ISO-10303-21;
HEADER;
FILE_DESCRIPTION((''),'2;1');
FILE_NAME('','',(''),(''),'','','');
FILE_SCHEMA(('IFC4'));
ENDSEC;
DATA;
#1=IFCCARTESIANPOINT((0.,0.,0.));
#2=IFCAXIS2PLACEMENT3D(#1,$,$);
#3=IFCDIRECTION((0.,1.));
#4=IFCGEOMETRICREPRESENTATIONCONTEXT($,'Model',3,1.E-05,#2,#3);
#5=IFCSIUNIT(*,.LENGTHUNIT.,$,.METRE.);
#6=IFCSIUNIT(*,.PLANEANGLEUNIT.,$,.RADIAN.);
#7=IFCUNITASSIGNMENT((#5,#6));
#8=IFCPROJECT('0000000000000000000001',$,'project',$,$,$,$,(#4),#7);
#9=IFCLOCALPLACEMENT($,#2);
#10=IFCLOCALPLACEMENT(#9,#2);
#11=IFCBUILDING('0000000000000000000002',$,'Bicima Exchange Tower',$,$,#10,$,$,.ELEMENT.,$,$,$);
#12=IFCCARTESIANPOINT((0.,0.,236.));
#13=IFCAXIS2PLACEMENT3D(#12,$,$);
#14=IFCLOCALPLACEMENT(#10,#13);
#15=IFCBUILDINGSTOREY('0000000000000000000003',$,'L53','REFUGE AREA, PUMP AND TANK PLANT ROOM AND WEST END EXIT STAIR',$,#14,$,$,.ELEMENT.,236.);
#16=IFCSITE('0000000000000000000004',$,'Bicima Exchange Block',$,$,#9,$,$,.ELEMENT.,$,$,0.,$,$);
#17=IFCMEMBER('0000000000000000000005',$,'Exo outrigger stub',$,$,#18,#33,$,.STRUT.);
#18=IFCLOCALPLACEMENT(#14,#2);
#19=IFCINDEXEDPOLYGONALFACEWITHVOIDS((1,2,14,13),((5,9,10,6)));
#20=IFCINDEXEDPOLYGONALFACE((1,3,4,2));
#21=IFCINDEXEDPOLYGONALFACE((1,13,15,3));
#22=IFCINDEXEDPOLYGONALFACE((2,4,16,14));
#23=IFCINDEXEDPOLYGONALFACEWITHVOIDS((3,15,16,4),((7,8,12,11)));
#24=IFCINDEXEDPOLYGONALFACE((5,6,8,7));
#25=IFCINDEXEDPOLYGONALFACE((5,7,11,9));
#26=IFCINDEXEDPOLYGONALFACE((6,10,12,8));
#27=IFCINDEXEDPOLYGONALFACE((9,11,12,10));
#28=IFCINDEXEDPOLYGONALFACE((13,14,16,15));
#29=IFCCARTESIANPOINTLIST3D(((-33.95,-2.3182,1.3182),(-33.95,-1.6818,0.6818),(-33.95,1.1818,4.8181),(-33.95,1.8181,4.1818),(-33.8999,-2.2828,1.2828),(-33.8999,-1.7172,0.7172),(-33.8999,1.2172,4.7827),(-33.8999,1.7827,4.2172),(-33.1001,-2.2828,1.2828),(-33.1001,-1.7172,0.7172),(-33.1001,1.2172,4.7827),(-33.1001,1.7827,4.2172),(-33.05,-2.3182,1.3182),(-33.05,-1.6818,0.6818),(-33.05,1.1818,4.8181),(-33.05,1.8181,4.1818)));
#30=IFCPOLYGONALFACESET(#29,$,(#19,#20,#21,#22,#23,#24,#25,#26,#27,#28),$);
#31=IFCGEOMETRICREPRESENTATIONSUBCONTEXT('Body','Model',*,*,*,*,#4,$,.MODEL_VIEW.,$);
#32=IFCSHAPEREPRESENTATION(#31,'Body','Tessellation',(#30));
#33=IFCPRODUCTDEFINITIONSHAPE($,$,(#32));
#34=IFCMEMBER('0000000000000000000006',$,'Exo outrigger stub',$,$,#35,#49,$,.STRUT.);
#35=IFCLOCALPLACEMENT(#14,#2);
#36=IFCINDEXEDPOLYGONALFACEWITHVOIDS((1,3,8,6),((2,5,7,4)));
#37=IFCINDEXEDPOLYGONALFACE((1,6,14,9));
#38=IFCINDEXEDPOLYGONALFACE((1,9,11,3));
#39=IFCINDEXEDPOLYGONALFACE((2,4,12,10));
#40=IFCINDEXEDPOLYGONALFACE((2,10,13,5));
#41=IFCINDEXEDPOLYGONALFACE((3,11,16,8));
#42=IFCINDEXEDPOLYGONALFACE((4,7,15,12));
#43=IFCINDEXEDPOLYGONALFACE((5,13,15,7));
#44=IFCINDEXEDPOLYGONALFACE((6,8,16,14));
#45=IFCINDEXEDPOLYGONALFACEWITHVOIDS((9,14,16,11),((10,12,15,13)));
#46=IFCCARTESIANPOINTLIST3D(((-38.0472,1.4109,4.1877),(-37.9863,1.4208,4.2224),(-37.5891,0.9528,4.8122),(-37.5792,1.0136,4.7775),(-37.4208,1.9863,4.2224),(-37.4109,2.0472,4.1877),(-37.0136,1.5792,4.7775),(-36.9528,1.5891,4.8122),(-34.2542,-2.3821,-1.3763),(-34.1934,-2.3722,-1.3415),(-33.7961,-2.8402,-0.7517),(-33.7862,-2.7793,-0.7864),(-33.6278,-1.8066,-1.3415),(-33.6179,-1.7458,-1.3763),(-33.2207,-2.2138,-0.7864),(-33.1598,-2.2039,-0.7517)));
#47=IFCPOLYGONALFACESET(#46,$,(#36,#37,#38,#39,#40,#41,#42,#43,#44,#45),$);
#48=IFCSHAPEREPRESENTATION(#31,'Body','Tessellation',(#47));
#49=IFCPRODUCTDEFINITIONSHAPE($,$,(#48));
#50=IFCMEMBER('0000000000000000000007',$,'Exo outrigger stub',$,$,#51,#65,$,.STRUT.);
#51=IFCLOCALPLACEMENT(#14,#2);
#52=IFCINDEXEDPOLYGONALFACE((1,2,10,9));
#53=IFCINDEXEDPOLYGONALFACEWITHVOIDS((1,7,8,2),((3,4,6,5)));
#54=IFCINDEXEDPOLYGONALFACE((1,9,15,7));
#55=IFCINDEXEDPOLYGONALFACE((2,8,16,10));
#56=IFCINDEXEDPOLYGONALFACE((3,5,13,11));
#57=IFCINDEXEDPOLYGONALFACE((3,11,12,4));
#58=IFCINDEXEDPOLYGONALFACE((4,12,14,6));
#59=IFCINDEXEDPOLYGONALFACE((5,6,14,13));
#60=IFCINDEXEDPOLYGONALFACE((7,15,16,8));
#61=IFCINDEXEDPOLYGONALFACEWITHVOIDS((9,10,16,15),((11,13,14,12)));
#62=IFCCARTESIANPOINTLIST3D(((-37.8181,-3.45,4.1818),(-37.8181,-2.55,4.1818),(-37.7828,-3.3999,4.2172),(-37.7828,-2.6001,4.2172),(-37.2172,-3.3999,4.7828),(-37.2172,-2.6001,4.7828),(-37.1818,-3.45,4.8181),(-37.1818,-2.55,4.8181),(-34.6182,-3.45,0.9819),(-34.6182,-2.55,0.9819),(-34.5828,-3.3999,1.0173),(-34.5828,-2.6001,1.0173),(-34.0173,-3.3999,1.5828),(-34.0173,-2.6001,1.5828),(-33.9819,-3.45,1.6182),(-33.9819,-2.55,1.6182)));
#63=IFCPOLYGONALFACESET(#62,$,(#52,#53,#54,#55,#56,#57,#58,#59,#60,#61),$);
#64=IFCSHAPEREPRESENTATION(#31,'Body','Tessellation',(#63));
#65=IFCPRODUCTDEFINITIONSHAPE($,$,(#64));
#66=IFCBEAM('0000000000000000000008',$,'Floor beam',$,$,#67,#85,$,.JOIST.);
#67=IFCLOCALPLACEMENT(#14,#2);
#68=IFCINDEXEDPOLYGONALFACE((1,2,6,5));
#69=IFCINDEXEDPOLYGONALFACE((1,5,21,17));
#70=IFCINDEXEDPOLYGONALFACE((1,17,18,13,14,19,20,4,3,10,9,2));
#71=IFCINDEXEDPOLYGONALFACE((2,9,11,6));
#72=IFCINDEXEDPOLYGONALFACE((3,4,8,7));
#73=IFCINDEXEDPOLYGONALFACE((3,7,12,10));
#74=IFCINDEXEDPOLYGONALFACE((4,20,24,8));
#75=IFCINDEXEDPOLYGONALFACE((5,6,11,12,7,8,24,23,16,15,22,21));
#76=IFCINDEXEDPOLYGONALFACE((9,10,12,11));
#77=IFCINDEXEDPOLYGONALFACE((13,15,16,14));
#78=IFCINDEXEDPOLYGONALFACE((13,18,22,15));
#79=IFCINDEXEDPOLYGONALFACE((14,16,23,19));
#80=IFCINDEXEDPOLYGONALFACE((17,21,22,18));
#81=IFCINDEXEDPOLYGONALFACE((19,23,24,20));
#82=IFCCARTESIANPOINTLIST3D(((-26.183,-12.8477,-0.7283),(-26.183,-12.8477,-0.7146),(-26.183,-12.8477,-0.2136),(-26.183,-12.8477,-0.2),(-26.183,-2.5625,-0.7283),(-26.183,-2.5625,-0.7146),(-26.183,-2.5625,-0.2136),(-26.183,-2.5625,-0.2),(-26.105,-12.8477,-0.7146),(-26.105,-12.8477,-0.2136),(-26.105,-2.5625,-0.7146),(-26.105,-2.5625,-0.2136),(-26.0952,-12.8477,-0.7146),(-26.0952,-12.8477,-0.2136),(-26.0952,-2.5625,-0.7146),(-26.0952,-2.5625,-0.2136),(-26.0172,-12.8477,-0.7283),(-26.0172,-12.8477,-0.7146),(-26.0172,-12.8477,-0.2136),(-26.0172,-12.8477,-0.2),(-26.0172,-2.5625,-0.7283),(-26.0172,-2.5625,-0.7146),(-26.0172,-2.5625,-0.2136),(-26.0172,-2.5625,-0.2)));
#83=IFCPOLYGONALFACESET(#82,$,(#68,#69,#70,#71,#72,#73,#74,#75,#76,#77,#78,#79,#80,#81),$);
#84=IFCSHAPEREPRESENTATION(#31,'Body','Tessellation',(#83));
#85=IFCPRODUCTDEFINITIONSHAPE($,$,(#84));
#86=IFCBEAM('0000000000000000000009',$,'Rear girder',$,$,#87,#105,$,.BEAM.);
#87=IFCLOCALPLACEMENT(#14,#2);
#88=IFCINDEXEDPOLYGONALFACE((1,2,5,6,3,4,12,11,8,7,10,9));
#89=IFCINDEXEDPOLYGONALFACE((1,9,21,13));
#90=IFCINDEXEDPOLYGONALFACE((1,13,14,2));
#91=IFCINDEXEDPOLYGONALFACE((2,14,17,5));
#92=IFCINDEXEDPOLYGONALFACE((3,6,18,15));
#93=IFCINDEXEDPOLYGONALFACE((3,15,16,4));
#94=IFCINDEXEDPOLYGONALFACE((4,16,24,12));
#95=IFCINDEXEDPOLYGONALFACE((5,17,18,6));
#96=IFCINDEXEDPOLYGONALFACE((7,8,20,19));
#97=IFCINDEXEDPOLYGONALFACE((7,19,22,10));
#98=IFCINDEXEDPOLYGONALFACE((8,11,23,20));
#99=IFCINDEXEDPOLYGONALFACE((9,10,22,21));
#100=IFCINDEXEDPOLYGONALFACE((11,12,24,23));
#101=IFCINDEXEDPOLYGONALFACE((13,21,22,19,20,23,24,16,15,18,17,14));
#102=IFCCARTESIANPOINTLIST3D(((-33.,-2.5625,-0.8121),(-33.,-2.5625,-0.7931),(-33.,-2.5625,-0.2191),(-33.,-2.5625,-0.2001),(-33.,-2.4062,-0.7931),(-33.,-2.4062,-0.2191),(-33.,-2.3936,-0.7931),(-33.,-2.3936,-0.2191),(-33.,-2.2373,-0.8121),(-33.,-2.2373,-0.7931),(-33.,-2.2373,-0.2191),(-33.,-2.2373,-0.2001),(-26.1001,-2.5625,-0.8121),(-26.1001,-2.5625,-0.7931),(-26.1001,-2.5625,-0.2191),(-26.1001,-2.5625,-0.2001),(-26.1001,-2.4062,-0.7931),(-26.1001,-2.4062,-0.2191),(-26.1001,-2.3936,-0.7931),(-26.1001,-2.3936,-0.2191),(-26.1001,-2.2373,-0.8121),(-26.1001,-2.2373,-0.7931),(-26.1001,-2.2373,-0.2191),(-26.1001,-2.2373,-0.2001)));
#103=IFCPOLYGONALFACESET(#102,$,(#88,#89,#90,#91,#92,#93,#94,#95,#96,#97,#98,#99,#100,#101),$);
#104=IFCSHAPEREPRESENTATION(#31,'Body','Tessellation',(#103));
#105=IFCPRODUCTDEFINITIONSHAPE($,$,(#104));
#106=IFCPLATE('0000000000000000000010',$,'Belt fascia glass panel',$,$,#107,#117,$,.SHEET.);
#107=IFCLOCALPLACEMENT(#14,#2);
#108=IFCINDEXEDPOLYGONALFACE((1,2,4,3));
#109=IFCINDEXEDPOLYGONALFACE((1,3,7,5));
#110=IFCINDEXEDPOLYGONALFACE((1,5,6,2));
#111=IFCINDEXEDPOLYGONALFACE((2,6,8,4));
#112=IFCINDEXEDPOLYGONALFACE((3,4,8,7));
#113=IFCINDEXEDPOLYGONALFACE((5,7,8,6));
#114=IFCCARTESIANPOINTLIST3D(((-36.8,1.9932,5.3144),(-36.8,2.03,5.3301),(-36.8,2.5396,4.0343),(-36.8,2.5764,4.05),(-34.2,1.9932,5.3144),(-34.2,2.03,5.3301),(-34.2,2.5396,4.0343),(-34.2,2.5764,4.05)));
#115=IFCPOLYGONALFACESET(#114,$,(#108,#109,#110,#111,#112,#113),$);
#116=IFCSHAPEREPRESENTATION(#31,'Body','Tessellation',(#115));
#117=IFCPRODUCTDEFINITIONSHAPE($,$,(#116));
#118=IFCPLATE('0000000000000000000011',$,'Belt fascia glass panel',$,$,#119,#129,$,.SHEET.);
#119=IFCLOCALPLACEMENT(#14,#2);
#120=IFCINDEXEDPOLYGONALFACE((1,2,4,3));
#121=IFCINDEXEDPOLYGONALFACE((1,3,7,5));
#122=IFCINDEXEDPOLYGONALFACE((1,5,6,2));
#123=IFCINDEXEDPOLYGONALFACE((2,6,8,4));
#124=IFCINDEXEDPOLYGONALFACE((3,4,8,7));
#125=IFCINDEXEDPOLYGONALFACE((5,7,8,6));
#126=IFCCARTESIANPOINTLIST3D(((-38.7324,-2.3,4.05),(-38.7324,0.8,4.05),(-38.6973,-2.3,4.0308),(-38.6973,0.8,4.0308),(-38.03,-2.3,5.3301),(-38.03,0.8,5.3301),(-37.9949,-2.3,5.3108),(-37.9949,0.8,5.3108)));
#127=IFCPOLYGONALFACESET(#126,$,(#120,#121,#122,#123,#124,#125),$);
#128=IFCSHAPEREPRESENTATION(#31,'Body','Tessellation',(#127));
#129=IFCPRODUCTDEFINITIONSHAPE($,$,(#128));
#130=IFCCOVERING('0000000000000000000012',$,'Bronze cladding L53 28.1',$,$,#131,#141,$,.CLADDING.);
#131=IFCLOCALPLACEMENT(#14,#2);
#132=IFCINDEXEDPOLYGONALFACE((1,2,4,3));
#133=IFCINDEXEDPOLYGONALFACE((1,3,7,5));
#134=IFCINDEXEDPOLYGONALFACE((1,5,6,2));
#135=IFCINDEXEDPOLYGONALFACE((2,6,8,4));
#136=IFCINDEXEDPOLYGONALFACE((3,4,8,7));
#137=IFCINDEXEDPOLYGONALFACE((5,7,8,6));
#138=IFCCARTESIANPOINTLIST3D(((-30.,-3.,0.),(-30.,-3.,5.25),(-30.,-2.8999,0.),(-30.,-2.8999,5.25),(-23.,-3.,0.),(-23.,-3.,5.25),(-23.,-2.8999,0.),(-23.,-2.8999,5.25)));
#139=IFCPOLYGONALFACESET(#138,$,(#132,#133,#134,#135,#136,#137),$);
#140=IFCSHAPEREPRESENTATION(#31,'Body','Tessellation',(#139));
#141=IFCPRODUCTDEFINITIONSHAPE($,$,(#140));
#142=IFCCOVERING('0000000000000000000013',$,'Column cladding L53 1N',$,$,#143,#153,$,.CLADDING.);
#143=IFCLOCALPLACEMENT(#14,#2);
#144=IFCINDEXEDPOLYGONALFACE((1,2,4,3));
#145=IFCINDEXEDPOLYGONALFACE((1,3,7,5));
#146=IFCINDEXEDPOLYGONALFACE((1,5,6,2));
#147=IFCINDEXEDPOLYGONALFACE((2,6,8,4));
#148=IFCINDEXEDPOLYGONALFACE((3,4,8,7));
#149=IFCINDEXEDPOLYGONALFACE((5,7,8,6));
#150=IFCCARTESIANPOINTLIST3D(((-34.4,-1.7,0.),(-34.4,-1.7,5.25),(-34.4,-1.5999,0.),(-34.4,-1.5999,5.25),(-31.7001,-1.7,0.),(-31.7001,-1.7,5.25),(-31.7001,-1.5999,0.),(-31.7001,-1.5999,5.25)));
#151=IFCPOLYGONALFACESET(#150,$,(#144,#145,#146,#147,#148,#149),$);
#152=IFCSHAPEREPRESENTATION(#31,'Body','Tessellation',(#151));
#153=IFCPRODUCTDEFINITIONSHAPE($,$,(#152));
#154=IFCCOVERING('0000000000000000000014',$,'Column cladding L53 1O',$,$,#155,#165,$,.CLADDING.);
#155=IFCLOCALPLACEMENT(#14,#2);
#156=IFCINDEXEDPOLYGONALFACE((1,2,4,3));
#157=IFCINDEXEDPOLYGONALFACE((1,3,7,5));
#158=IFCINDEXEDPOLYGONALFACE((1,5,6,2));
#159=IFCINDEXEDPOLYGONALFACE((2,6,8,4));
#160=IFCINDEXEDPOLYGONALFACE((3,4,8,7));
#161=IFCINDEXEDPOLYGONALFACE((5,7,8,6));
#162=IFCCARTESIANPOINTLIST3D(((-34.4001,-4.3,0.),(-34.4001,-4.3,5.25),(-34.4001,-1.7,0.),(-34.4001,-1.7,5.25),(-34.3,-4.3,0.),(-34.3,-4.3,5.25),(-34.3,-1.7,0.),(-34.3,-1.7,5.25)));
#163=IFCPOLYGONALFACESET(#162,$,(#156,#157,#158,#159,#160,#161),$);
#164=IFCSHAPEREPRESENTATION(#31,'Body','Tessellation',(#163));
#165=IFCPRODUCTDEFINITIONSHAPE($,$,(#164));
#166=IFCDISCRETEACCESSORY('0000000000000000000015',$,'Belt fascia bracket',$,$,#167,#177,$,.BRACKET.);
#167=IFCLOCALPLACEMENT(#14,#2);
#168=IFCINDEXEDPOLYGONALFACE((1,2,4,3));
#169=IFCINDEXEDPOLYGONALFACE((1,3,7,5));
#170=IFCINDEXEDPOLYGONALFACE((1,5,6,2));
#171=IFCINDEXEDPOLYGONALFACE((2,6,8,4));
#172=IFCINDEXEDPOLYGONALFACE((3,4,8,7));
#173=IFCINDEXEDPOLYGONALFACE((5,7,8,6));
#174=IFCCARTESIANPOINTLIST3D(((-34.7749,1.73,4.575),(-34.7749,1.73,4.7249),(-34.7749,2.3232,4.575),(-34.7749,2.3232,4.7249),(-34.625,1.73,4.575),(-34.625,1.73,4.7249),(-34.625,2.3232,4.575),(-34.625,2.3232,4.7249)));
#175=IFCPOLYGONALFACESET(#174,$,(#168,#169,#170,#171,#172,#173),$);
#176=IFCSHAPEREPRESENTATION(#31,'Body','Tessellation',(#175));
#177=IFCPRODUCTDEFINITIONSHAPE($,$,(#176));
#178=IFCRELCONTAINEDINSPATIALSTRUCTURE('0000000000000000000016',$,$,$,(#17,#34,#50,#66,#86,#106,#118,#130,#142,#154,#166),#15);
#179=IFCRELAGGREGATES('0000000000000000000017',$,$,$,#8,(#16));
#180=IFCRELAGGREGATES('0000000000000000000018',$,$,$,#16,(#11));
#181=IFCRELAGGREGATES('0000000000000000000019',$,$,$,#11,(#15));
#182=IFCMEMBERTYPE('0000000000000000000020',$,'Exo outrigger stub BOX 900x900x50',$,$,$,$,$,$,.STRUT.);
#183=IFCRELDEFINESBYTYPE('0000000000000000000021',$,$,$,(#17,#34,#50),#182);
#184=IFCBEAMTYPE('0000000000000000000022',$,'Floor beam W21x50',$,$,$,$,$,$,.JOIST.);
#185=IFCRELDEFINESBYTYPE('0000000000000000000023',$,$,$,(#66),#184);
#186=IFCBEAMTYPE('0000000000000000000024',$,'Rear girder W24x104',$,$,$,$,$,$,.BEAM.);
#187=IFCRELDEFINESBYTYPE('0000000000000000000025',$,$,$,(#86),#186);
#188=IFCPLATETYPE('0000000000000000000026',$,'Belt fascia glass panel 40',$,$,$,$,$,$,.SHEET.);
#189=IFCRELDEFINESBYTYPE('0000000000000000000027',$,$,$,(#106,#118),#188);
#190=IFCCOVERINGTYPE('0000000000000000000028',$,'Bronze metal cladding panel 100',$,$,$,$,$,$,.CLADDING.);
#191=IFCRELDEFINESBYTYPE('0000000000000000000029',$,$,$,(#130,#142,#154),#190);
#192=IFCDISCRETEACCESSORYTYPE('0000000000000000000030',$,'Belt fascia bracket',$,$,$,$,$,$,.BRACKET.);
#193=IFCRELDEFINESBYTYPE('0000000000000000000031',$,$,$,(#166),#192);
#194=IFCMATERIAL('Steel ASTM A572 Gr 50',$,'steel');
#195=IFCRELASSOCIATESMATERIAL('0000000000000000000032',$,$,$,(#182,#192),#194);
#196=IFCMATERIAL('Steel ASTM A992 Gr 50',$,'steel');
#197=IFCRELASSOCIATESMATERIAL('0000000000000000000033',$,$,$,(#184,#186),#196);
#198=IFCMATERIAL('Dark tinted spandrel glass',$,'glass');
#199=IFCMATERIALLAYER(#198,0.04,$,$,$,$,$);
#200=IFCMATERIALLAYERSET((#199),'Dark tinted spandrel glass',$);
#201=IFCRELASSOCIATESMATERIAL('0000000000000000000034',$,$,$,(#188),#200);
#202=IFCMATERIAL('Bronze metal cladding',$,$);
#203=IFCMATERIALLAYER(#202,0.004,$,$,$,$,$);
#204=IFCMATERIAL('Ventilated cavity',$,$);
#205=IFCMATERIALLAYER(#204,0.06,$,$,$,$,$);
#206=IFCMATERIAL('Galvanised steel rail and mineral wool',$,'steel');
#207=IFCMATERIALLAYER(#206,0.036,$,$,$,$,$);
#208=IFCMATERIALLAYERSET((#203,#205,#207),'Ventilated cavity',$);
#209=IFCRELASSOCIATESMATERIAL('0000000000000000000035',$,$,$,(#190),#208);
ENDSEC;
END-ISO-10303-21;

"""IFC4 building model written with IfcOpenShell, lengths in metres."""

from ifc_helpers import new_model, si_unit, direction, frame, origin, origin_2d, place, context, subcontext, project, spatial, polyline, rectangle, hollow_rectangle, i_section, outline, extrude, material, layer, layer_set, material_profile, profile_set, type_object, element, save


model = new_model("IFC4")

# Units and contexts
model_context = context("Model", 3, precision=1e-05, world=origin(), true_north=direction((0.0, 1.0)))
body_context = subcontext(model_context, "Body", "Model", "MODEL_VIEW")
ifc_project = project(units=[si_unit("LENGTHUNIT", "METRE"), si_unit("PLANEANGLEUNIT", "RADIAN")], contexts=[model_context])

# Site, building, storey
site_placement = place(None, origin())
site = spatial("IfcSite", under=ifc_project, at=site_placement, Name="Bicima Exchange Block", CompositionType="ELEMENT", RefElevation=0.0)
building_placement = place(site_placement, origin())
building = spatial("IfcBuilding", under=site, at=building_placement, Name="Bicima Exchange Tower", CompositionType="ELEMENT")
storey_placement = place(building_placement, frame((0.0, 0.0, 236.0)))
storey = spatial("IfcBuildingStorey", under=building, at=storey_placement, Name="L53", Description="REFUGE AREA, PUMP AND TANK PLANT ROOM AND WEST END EXIT STAIR", CompositionType="ELEMENT", Elevation=236.0)

# Shared definitions
ifc_material_1 = material(Name="Steel ASTM A572 Gr 50", Category="steel")
ifc_material_2 = material(Name="Steel ASTM A992 Gr 50", Category="steel")

# Members
ifc_material_profile_1 = material_profile(ifc_material_1, hollow_rectangle(XDim=0.8999, YDim=0.8999, WallThickness=0.05, at=origin_2d()))
ifc_profile_set_1 = profile_set([ifc_material_profile_1], Name="Steel ASTM A572 Gr 50")
member_type_1 = type_object("IfcMemberType", Name="Exo outrigger stub BOX 900x900x50", PredefinedType="STRUT", material=ifc_profile_set_1)
member_1_placement = place(storey_placement, frame((-33.5, -2.0, 1.0), z_axis=(0.0, 0.707107, 0.707107), x_axis=(-1.0, 0.0, 0.0)))
element("IfcMember", 1, at=member_1_placement, inside=storey, type_object=member_type_1, Name="Exo outrigger stub", PredefinedType="STRUT", context=body_context, shape_type="SweptSolid", body=[
    extrude(hollow_rectangle(XDim=0.8999, YDim=0.8999, WallThickness=0.05, at=origin_2d()), origin(), (0.0, 0.0, 1.0), 4.9497),
])
member_2_placement = place(storey_placement, frame((-33.707, -2.293, -1.064), z_axis=(-0.490772, 0.490772, 0.719921), x_axis=(-0.707107, -0.707107, 0.0)))
element("IfcMember", 2, at=member_2_placement, inside=storey, type_object=member_type_1, Name="Exo outrigger stub", PredefinedType="STRUT", context=body_context, shape_type="SweptSolid", body=[
    extrude(hollow_rectangle(XDim=0.8999, YDim=0.8999, WallThickness=0.05, at=origin_2d()), origin(), (0.0, 0.0, 1.0), 7.7285),
])
member_3_placement = place(storey_placement, frame((-34.3, -3.0, 1.3), z_axis=(-0.707107, 0.0, 0.707107), x_axis=(0.0, -1.0, 0.0)))
element("IfcMember", 3, at=member_3_placement, inside=storey, type_object=member_type_1, Name="Exo outrigger stub", PredefinedType="STRUT", context=body_context, shape_type="SweptSolid", body=[
    extrude(hollow_rectangle(XDim=0.8999, YDim=0.8999, WallThickness=0.05, at=origin_2d()), origin(), (0.0, 0.0, 1.0), 4.5254),
])

# Beams
ifc_material_profile_2 = material_profile(ifc_material_2, i_section(OverallWidth=0.1658, OverallDepth=0.5283, WebThickness=0.0098, FlangeThickness=0.0137, at=origin_2d()))
ifc_profile_set_2 = profile_set([ifc_material_profile_2], Name="Steel ASTM A992 Gr 50")
beam_type_1 = type_object("IfcBeamType", Name="Floor beam W21x50", PredefinedType="JOIST", material=ifc_profile_set_2)
beam_1_placement = place(storey_placement, frame((-26.1001, -2.5625, -0.4641), z_axis=(0.0, -1.0, 0.0), x_axis=(1.0, 0.0, 0.0)))
element("IfcBeam", 4, at=beam_1_placement, inside=storey, type_object=beam_type_1, Name="Floor beam", PredefinedType="JOIST", context=body_context, shape_type="SweptSolid", body=[
    extrude(i_section(OverallWidth=0.1658, OverallDepth=0.5283, WebThickness=0.0098, FlangeThickness=0.0137, at=origin_2d()), origin(), (0.0, 0.0, 1.0), 10.2852),
])
ifc_material_profile_3 = material_profile(ifc_material_2, i_section(OverallWidth=0.3252, OverallDepth=0.6121, WebThickness=0.0127, FlangeThickness=0.019, at=origin_2d()))
ifc_profile_set_3 = profile_set([ifc_material_profile_3], Name="Steel ASTM A992 Gr 50")
beam_type_2 = type_object("IfcBeamType", Name="Rear girder W24x104", PredefinedType="BEAM", material=ifc_profile_set_3)
beam_2_placement = place(storey_placement, frame((-26.1001, -2.3999, -0.5061), z_axis=(-1.0, 0.0, 0.0), x_axis=(0.0, -1.0, 0.0)))
element("IfcBeam", 5, at=beam_2_placement, inside=storey, type_object=beam_type_2, Name="Rear girder", PredefinedType="BEAM", context=body_context, shape_type="SweptSolid", body=[
    extrude(i_section(OverallWidth=0.3252, OverallDepth=0.6121, WebThickness=0.0127, FlangeThickness=0.019, at=origin_2d()), origin(), (0.0, 0.0, 1.0), 6.8999),
])

# Plates
ifc_material_3 = material(Name="Dark tinted spandrel glass", Category="glass")
ifc_layer_1 = layer(ifc_material_3, 0.04)
ifc_layer_set_1 = layer_set([ifc_layer_1], Name="Dark tinted spandrel glass")
plate_type = type_object("IfcPlateType", Name="Belt fascia glass panel 40", PredefinedType="SHEET", material=ifc_layer_set_1)
plate_1_placement = place(storey_placement, frame((-34.2, 2.5764, 4.05), z_axis=(0.0, 0.919716, 0.392585), x_axis=(-1.0, 0.0, 0.0)))
element("IfcPlate", 6, at=plate_1_placement, inside=storey, type_object=plate_type, Name="Belt fascia glass panel", PredefinedType="SHEET", context=body_context, shape_type="SweptSolid", body=[
    extrude(outline(polyline([(0.0, 0.0), (2.6001, 0.0), (2.6001, 1.3918), (0.0, 1.3918), (0.0, 0.0)])), origin(), (0.0, 0.0, -1.0), 0.04),
])
plate_2_placement = place(storey_placement, frame((-38.7324, 0.8, 4.05), z_axis=(-0.876685, 0.0, 0.481065), x_axis=(0.0, -1.0, 0.0)))
element("IfcPlate", 7, at=plate_2_placement, inside=storey, type_object=plate_type, Name="Belt fascia glass panel", PredefinedType="SHEET", context=body_context, shape_type="SweptSolid", body=[
    extrude(outline(polyline([(0.0, 0.0), (3.1001, 0.0), (3.1001, 1.4601), (0.0, 1.4601), (0.0, 0.0)])), origin(), (0.0, 0.0, -1.0), 0.04),
])

# Coverings
ifc_material_4 = material(Name="Bronze metal cladding")
ifc_layer_2 = layer(ifc_material_4, 0.004)
ifc_material_5 = material(Name="Ventilated cavity")
ifc_layer_3 = layer(ifc_material_5, 0.06)
ifc_material_6 = material(Name="Galvanised steel rail and mineral wool", Category="steel")
ifc_layer_4 = layer(ifc_material_6, 0.036)
ifc_layer_set_2 = layer_set([ifc_layer_2, ifc_layer_3, ifc_layer_4], Name="Ventilated cavity")
covering_type = type_object("IfcCoveringType", Name="Bronze metal cladding panel 100", PredefinedType="CLADDING", material=ifc_layer_set_2)
covering_1_placement = place(storey_placement, frame((-26.5, -2.95, 0.0), z_axis=(0.0, 0.0, 1.0), x_axis=(-1.0, 0.0, 0.0)))
element("IfcCovering", 8, at=covering_1_placement, inside=storey, type_object=covering_type, Name="Bronze cladding L53 28.1", PredefinedType="CLADDING", context=body_context, shape_type="SweptSolid", body=[
    extrude(rectangle(XDim=7.0, YDim=0.1001, at=origin_2d()), origin(), (0.0, 0.0, 1.0), 5.25),
])
covering_2_placement = place(storey_placement, frame((-33.05, -1.6499, 0.0), z_axis=(0.0, 0.0, 1.0), x_axis=(1.0, 0.0, 0.0)))
element("IfcCovering", 9, at=covering_2_placement, inside=storey, type_object=covering_type, Name="Column cladding L53 1N", PredefinedType="CLADDING", context=body_context, shape_type="SweptSolid", body=[
    extrude(rectangle(XDim=2.7, YDim=0.1001, at=origin_2d()), origin(), (0.0, 0.0, 1.0), 5.25),
])
covering_3_placement = place(storey_placement, frame((-34.3501, -3.0, 0.0), z_axis=(0.0, 0.0, 1.0), x_axis=(1.0, 0.0, 0.0)))
element("IfcCovering", 10, at=covering_3_placement, inside=storey, type_object=covering_type, Name="Column cladding L53 1O", PredefinedType="CLADDING", context=body_context, shape_type="SweptSolid", body=[
    extrude(rectangle(XDim=0.1001, YDim=2.6001, at=origin_2d()), origin(), (0.0, 0.0, 1.0), 5.25),
])

# Discrete accessory
discrete_accessory_type = type_object("IfcDiscreteAccessoryType", Name="Belt fascia bracket", PredefinedType="BRACKET", material=ifc_material_1)
for number, where, z_axis, x_axis, name in (
    (11, (-34.7, 2.0266, 4.575), (0.0, 0.0, 1.0), (-1.0, 0.0, 0.0), "Belt fascia bracket"),
):
    element("IfcDiscreteAccessory", number, at=place(storey_placement, frame(where, z_axis=z_axis, x_axis=x_axis)), inside=storey, type_object=discrete_accessory_type, Name=name, PredefinedType="BRACKET", context=body_context, shape_type="SweptSolid", body=[
        extrude(rectangle(XDim=0.1499, YDim=0.5933, at=origin_2d()), origin(), (0.0, 0.0, 1.0), 0.1499),
    ])

save(model, "model.ifc")
